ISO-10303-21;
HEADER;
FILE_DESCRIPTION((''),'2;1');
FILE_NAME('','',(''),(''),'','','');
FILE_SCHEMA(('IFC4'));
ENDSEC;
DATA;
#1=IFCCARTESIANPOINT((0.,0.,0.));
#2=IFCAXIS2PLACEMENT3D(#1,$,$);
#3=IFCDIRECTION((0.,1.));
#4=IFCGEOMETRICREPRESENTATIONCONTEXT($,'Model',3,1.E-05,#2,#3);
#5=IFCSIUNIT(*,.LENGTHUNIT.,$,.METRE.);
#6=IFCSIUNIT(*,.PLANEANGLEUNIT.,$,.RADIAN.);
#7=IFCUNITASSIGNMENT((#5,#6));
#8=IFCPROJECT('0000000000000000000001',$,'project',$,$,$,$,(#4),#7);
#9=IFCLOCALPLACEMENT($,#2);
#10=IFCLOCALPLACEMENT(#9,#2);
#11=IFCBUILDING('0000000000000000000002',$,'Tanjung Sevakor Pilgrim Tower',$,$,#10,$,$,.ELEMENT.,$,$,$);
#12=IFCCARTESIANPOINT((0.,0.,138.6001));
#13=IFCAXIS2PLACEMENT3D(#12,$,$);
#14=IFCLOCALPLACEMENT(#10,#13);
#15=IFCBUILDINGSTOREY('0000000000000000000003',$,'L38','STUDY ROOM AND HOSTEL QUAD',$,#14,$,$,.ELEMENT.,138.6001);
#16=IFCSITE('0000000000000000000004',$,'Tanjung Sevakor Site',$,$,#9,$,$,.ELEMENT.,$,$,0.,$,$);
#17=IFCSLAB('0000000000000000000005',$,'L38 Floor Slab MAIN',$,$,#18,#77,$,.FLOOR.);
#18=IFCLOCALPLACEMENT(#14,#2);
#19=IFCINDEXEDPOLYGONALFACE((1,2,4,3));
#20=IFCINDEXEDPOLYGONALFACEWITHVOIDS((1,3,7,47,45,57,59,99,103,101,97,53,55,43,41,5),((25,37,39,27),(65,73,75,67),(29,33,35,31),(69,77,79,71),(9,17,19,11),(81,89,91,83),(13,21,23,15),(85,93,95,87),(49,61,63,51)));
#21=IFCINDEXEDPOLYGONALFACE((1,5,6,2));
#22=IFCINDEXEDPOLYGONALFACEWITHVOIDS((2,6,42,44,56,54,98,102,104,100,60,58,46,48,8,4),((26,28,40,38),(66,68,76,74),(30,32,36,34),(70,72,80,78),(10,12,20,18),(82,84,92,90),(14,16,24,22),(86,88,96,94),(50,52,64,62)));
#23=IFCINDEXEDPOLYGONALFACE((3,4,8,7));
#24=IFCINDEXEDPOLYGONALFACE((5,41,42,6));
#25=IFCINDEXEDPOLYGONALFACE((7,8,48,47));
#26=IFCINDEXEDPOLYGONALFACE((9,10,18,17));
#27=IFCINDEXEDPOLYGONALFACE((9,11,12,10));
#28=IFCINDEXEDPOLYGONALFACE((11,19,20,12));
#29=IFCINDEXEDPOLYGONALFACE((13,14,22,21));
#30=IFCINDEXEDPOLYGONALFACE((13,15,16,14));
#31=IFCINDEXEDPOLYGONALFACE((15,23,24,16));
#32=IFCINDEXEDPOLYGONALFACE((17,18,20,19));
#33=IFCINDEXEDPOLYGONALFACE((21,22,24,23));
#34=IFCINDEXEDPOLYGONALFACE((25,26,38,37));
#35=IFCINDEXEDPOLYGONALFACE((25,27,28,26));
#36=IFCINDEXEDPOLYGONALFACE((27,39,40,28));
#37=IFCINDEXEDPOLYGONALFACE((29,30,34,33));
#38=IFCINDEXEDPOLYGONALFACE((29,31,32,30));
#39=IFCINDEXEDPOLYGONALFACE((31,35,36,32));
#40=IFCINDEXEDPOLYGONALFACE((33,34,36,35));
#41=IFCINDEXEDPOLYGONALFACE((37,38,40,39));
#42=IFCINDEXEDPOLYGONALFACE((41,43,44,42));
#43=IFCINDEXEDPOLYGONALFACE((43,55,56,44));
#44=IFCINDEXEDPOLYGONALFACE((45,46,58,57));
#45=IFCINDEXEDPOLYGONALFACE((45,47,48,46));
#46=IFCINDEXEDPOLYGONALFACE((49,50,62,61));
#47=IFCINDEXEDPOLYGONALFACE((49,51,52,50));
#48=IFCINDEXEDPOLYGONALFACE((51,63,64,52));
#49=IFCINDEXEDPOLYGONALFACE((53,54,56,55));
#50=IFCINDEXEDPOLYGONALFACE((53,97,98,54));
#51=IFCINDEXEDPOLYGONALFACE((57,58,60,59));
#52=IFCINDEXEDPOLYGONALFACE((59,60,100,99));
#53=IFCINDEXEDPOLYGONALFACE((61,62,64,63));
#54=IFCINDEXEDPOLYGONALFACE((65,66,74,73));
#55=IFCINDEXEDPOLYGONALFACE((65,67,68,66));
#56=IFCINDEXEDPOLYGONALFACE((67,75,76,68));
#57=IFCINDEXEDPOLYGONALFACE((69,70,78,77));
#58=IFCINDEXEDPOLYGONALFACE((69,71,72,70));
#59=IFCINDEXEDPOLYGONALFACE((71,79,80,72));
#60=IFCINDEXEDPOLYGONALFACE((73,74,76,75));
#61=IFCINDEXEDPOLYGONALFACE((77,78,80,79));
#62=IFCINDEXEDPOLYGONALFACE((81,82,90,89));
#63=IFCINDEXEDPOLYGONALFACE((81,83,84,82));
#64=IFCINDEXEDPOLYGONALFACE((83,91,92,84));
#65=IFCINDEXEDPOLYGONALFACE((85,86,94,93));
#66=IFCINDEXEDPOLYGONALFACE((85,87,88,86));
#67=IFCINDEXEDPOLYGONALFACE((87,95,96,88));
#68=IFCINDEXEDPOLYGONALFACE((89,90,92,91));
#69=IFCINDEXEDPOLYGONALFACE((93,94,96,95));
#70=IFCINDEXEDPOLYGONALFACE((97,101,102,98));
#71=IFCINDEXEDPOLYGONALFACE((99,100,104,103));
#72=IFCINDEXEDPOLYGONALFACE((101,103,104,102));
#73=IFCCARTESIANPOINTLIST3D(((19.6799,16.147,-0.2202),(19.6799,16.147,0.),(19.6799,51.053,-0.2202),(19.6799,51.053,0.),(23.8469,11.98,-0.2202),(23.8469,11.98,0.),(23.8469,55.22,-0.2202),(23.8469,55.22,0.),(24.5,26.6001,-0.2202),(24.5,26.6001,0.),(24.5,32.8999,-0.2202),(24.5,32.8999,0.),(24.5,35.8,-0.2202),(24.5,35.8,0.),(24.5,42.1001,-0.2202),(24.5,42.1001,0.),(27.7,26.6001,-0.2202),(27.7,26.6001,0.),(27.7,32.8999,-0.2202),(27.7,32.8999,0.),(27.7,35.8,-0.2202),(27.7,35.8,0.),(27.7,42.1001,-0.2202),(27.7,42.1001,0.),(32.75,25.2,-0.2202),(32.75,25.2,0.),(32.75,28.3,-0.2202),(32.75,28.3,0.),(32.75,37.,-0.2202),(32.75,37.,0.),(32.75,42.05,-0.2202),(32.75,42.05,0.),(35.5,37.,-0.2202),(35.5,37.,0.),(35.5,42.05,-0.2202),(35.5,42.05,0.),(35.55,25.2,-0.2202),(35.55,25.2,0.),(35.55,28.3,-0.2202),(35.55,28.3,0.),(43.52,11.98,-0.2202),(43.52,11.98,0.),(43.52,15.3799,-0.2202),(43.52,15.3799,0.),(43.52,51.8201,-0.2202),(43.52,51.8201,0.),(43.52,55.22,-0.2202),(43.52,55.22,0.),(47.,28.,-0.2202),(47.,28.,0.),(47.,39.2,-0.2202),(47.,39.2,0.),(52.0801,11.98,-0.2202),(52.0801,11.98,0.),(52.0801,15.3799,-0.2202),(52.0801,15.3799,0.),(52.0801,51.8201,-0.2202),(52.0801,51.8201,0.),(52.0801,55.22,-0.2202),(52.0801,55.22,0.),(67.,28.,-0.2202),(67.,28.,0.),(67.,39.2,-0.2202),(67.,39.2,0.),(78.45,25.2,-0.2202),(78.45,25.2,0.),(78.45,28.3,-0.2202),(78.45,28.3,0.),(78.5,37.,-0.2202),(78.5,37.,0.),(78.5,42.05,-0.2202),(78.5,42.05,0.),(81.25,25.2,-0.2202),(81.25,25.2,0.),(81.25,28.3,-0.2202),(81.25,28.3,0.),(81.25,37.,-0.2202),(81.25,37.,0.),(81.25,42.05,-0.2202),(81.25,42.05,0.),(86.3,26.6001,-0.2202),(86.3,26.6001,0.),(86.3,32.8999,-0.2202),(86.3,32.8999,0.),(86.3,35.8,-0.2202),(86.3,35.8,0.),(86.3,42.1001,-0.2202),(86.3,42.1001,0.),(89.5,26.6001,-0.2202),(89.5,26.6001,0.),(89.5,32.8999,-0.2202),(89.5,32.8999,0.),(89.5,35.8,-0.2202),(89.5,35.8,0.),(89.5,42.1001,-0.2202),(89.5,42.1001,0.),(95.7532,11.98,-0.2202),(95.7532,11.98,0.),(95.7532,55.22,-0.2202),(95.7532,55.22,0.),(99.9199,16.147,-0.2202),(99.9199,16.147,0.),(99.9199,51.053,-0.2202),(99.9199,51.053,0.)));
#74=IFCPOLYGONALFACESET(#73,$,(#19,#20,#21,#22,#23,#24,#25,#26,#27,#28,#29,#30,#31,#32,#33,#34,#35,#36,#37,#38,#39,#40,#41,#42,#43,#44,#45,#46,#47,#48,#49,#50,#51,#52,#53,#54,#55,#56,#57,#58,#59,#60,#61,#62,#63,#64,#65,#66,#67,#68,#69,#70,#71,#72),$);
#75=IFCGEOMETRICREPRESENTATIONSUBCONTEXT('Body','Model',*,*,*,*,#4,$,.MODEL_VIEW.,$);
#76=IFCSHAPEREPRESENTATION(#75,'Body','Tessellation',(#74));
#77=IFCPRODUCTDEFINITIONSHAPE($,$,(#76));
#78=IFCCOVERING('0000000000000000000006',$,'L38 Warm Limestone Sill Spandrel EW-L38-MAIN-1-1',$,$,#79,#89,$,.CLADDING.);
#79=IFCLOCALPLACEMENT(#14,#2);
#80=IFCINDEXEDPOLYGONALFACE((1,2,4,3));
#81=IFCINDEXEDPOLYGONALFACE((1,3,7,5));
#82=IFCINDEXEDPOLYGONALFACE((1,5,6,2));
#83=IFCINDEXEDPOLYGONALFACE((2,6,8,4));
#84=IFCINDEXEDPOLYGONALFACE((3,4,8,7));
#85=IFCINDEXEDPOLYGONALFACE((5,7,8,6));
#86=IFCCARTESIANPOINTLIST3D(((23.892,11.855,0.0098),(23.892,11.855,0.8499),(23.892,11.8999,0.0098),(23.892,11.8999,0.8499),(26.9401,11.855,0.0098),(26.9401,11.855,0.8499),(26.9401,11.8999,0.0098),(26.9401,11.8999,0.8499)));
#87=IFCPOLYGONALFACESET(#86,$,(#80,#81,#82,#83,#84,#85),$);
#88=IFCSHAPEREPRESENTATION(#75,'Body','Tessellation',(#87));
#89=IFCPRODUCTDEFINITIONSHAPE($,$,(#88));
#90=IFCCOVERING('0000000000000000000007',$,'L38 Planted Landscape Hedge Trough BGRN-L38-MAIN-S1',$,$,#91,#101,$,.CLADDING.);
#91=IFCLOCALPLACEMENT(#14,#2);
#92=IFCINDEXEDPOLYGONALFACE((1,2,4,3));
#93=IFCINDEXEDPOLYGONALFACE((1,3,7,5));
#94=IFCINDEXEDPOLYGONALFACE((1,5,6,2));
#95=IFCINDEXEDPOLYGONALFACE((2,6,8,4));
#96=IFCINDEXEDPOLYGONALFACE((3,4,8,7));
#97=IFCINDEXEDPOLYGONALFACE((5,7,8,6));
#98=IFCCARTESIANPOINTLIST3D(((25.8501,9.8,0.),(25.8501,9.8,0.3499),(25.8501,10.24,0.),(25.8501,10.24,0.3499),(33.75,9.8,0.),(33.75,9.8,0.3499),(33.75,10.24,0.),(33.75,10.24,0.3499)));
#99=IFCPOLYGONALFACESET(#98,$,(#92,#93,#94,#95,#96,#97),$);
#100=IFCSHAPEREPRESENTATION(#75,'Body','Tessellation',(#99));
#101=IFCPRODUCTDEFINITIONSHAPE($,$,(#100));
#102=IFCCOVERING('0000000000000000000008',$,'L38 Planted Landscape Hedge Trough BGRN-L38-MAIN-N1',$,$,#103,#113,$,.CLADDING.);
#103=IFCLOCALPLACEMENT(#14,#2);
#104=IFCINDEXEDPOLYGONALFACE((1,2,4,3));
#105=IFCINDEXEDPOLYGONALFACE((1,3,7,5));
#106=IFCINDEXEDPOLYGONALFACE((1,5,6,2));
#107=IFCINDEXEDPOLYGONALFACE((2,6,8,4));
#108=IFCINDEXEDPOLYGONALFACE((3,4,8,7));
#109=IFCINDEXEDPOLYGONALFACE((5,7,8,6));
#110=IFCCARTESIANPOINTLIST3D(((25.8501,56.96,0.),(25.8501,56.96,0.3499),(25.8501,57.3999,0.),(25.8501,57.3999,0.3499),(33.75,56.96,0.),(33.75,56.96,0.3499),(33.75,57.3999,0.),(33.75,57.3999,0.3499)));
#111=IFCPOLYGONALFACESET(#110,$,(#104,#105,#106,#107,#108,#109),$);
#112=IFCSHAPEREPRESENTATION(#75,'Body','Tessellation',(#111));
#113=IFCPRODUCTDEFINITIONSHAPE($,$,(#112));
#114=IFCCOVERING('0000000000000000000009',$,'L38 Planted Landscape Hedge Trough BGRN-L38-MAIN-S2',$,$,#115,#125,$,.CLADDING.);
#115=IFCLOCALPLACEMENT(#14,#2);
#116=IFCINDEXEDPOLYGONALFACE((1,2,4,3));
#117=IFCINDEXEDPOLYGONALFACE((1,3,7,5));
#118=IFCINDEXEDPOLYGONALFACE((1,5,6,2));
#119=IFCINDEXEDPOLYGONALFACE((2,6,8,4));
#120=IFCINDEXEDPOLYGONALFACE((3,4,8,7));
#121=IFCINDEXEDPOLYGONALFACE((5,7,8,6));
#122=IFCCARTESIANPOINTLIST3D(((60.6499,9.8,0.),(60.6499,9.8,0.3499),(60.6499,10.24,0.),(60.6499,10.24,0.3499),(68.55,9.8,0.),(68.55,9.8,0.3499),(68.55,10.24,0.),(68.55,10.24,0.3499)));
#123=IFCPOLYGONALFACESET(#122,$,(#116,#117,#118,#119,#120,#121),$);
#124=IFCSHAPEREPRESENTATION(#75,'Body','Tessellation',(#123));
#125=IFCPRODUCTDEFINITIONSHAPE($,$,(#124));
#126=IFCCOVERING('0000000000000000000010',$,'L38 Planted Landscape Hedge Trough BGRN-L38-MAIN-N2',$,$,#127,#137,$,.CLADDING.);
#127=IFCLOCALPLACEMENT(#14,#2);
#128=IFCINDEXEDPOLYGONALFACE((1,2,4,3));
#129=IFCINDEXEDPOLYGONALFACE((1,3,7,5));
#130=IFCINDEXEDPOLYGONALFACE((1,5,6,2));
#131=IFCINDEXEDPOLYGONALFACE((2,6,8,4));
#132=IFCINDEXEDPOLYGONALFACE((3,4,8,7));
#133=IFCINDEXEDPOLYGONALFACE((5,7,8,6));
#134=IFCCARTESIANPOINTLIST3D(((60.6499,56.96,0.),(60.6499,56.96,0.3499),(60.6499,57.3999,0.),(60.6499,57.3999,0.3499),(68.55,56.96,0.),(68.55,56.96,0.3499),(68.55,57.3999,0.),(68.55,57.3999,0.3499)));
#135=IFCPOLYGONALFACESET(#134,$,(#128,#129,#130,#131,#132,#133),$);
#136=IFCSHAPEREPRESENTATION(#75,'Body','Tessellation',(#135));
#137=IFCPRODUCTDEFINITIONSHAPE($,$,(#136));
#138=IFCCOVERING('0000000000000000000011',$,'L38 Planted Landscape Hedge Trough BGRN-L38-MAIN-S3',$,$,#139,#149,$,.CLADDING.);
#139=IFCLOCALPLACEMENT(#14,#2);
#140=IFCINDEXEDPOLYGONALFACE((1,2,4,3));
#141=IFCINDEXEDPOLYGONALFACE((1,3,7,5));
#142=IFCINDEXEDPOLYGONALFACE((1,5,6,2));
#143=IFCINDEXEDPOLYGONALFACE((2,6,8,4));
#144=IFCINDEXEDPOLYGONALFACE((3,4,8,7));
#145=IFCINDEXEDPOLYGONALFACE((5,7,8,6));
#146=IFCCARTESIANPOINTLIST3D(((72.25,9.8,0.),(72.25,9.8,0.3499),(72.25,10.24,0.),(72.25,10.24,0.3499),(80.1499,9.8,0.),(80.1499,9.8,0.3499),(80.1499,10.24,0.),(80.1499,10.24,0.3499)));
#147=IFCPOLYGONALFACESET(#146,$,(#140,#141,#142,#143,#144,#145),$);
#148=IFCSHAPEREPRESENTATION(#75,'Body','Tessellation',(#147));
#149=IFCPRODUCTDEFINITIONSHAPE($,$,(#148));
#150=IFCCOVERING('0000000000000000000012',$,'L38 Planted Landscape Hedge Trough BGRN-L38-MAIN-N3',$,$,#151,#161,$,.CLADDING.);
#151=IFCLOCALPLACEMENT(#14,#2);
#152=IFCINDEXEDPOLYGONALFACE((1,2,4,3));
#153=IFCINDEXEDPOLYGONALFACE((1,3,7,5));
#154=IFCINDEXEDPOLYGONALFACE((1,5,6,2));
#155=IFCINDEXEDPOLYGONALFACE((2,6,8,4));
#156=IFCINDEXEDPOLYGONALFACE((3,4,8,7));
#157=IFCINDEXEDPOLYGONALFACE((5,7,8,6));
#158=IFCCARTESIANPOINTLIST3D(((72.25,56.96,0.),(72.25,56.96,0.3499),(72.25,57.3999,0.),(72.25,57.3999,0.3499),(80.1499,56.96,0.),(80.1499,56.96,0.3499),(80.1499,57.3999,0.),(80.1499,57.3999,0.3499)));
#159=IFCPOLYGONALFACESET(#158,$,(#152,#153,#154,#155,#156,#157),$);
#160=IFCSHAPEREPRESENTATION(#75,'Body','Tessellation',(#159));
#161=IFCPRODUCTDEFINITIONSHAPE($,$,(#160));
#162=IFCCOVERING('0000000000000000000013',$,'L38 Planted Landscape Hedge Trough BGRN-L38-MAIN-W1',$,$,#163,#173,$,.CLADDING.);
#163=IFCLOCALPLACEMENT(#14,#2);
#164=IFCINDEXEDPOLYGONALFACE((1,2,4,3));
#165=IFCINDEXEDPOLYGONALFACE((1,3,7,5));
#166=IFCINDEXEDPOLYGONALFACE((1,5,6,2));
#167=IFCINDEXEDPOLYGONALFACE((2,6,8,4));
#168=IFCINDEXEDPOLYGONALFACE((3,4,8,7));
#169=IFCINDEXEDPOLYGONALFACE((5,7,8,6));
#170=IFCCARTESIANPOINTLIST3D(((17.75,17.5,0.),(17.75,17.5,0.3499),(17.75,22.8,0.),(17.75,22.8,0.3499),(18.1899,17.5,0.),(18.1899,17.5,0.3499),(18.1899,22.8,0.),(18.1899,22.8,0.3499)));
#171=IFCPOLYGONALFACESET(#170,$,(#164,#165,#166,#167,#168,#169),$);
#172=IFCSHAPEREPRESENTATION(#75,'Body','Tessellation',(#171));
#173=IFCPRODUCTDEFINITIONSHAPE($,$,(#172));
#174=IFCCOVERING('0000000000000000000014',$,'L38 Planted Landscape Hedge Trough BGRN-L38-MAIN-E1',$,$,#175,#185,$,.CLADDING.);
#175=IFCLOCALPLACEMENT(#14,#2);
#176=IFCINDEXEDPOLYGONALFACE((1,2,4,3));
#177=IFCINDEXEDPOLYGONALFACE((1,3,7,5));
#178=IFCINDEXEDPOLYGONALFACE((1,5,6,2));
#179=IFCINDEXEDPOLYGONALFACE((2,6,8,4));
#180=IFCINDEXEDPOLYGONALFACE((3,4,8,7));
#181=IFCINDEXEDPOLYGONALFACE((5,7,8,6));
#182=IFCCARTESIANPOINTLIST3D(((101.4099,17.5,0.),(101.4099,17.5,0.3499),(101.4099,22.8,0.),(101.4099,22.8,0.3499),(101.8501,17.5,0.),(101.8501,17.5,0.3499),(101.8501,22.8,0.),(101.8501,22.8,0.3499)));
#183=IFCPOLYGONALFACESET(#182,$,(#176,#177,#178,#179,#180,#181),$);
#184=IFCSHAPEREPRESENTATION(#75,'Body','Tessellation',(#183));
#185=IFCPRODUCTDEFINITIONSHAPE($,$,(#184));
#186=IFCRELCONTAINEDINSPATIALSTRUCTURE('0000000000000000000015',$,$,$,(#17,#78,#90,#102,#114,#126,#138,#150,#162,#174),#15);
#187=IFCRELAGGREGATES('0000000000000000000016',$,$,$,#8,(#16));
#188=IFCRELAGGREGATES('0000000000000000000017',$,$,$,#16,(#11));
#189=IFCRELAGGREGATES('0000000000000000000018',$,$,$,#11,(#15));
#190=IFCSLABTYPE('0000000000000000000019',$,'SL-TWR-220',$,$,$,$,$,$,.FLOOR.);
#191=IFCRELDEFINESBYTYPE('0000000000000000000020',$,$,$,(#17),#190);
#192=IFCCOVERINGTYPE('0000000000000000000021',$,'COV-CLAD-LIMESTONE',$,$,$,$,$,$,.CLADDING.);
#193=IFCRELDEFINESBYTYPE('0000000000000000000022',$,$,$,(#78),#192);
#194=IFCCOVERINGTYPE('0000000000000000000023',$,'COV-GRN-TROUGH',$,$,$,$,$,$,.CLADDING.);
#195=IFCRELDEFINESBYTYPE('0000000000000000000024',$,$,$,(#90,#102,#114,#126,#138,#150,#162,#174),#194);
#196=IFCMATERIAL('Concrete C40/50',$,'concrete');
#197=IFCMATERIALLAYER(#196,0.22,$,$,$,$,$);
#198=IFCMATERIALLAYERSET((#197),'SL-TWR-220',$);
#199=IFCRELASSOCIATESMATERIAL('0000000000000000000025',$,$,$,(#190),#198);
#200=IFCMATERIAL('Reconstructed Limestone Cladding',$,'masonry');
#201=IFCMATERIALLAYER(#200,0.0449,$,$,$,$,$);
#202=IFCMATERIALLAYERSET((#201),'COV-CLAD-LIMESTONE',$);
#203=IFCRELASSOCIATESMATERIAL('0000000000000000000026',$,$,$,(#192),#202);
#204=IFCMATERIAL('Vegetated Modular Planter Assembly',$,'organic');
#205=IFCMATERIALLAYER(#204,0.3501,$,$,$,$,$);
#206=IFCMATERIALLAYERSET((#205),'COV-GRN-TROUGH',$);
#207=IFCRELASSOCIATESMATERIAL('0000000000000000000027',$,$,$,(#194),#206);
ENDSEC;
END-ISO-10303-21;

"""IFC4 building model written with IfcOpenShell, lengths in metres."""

from ifc_helpers import new_model, si_unit, direction, frame, origin, origin_2d, place, context, subcontext, project, spatial, polyline, rectangle, outline, extrude, material, layer, layer_set, type_object, element, save


model = new_model("IFC4")

# Units and contexts
model_context = context("Model", 3, precision=1e-05, world=origin(), true_north=direction((0.0, 1.0)))
body_context = subcontext(model_context, "Body", "Model", "MODEL_VIEW")
ifc_project = project(units=[si_unit("LENGTHUNIT", "METRE"), si_unit("PLANEANGLEUNIT", "RADIAN")], contexts=[model_context])

# Site, building, storey
site_placement = place(None, origin())
site = spatial("IfcSite", under=ifc_project, at=site_placement, Name="Tanjung Sevakor Site", CompositionType="ELEMENT", RefElevation=0.0)
building_placement = place(site_placement, origin())
building = spatial("IfcBuilding", under=site, at=building_placement, Name="Tanjung Sevakor Pilgrim Tower", CompositionType="ELEMENT")
storey_placement = place(building_placement, frame((0.0, 0.0, 138.6001)))
storey = spatial("IfcBuildingStorey", under=building, at=storey_placement, Name="L38", Description="STUDY ROOM AND HOSTEL QUAD", CompositionType="ELEMENT", Elevation=138.6001)

# Slab
ifc_material_1 = material(Name="Concrete C40/50", Category="concrete")
ifc_layer_1 = layer(ifc_material_1, 0.22)
ifc_layer_set_1 = layer_set([ifc_layer_1], Name="SL-TWR-220")
slab_type_1 = type_object("IfcSlabType", Name="SL-TWR-220", PredefinedType="FLOOR", material=ifc_layer_set_1)
slab_1_placement = place(storey_placement, frame((0.0, 0.0, -0.2202)))
element("IfcSlab", 1, at=slab_1_placement, inside=storey, type_object=slab_type_1, Name="L38 Floor Slab MAIN", PredefinedType="FLOOR", context=body_context, shape_type="SweptSolid", body=[
    extrude(outline(polyline([(23.8469, 11.98), (43.52, 11.98), (43.52, 15.3799), (52.0801, 15.3799), (52.0801, 11.98), (95.7532, 11.98), (99.9199, 16.147), (99.9199, 51.053), (95.7532, 55.22), (52.0801, 55.22), (52.0801, 51.8201), (43.52, 51.8201), (43.52, 55.22), (23.8469, 55.22), (19.6799, 51.053), (19.6799, 16.147), (23.8469, 11.98)]), holes=[polyline([(27.7, 26.6001), (27.7, 32.8999), (24.5, 32.8999), (24.5, 26.6001), (27.7, 26.6001)]), polyline([(27.7, 35.8), (27.7, 42.1001), (24.5, 42.1001), (24.5, 35.8), (27.7, 35.8)]), polyline([(89.5, 26.6001), (89.5, 32.8999), (86.3, 32.8999), (86.3, 26.6001), (89.5, 26.6001)]), polyline([(89.5, 35.8), (89.5, 42.1001), (86.3, 42.1001), (86.3, 35.8), (89.5, 35.8)]), polyline([(32.75, 25.2), (35.55, 25.2), (35.55, 28.3), (32.75, 28.3), (32.75, 25.2)]), polyline([(32.75, 37.0), (35.5, 37.0), (35.5, 42.05), (32.75, 42.05), (32.75, 37.0)]), polyline([(78.45, 25.2), (81.25, 25.2), (81.25, 28.3), (78.45, 28.3), (78.45, 25.2)]), polyline([(78.5, 37.0), (81.25, 37.0), (81.25, 42.05), (78.5, 42.05), (78.5, 37.0)]), polyline([(47.0, 28.0), (67.0, 28.0), (67.0, 39.2), (47.0, 39.2), (47.0, 28.0)])]), origin(), (0.0, 0.0, 1.0), 0.2202),
])

# Coverings
ifc_material_2 = material(Name="Reconstructed Limestone Cladding", Category="masonry")
ifc_layer_2 = layer(ifc_material_2, 0.0449)
ifc_layer_set_2 = layer_set([ifc_layer_2], Name="COV-CLAD-LIMESTONE")
covering_type_1 = type_object("IfcCoveringType", Name="COV-CLAD-LIMESTONE", PredefinedType="CLADDING", material=ifc_layer_set_2)
covering_1_placement = place(storey_placement, frame((25.416, 11.8774, 0.0098), z_axis=(0.0, 0.0, 1.0), x_axis=(1.0, 0.0, 0.0)))
element("IfcCovering", 2, at=covering_1_placement, inside=storey, type_object=covering_type_1, Name="L38 Warm Limestone Sill Spandrel EW-L38-MAIN-1-1", PredefinedType="CLADDING", context=body_context, shape_type="SweptSolid", body=[
    extrude(rectangle(XDim=3.0481, YDim=0.0449, at=origin_2d()), origin(), (0.0, 0.0, 1.0), 0.8401),
])
ifc_material_3 = material(Name="Vegetated Modular Planter Assembly", Category="organic")
ifc_layer_3 = layer(ifc_material_3, 0.3501)
ifc_layer_set_3 = layer_set([ifc_layer_3], Name="COV-GRN-TROUGH")
covering_type_2 = type_object("IfcCoveringType", Name="COV-GRN-TROUGH", PredefinedType="CLADDING", material=ifc_layer_set_3)
covering_2_placement = place(storey_placement, origin())
element("IfcCovering", 3, at=covering_2_placement, inside=storey, type_object=covering_type_2, Name="L38 Planted Landscape Hedge Trough BGRN-L38-MAIN-S1", PredefinedType="CLADDING", context=body_context, shape_type="SweptSolid", body=[
    extrude(outline(polyline([(25.8501, 9.8), (33.75, 9.8), (33.75, 10.24), (25.8501, 10.24), (25.8501, 9.8)])), origin(), (0.0, 0.0, 1.0), 0.3499),
])
covering_3_placement = place(storey_placement, origin())
element("IfcCovering", 4, at=covering_3_placement, inside=storey, type_object=covering_type_2, Name="L38 Planted Landscape Hedge Trough BGRN-L38-MAIN-N1", PredefinedType="CLADDING", context=body_context, shape_type="SweptSolid", body=[
    extrude(outline(polyline([(25.8501, 56.96), (33.75, 56.96), (33.75, 57.3999), (25.8501, 57.3999), (25.8501, 56.96)])), origin(), (0.0, 0.0, 1.0), 0.3499),
])
covering_4_placement = place(storey_placement, origin())
element("IfcCovering", 5, at=covering_4_placement, inside=storey, type_object=covering_type_2, Name="L38 Planted Landscape Hedge Trough BGRN-L38-MAIN-S2", PredefinedType="CLADDING", context=body_context, shape_type="SweptSolid", body=[
    extrude(outline(polyline([(60.6499, 9.8), (68.55, 9.8), (68.55, 10.24), (60.6499, 10.24), (60.6499, 9.8)])), origin(), (0.0, 0.0, 1.0), 0.3499),
])
covering_5_placement = place(storey_placement, origin())
element("IfcCovering", 6, at=covering_5_placement, inside=storey, type_object=covering_type_2, Name="L38 Planted Landscape Hedge Trough BGRN-L38-MAIN-N2", PredefinedType="CLADDING", context=body_context, shape_type="SweptSolid", body=[
    extrude(outline(polyline([(60.6499, 56.96), (68.55, 56.96), (68.55, 57.3999), (60.6499, 57.3999), (60.6499, 56.96)])), origin(), (0.0, 0.0, 1.0), 0.3499),
])
covering_6_placement = place(storey_placement, origin())
element("IfcCovering", 7, at=covering_6_placement, inside=storey, type_object=covering_type_2, Name="L38 Planted Landscape Hedge Trough BGRN-L38-MAIN-S3", PredefinedType="CLADDING", context=body_context, shape_type="SweptSolid", body=[
    extrude(outline(polyline([(72.25, 9.8), (80.1499, 9.8), (80.1499, 10.24), (72.25, 10.24), (72.25, 9.8)])), origin(), (0.0, 0.0, 1.0), 0.3499),
])
covering_7_placement = place(storey_placement, origin())
element("IfcCovering", 8, at=covering_7_placement, inside=storey, type_object=covering_type_2, Name="L38 Planted Landscape Hedge Trough BGRN-L38-MAIN-N3", PredefinedType="CLADDING", context=body_context, shape_type="SweptSolid", body=[
    extrude(outline(polyline([(72.25, 56.96), (80.1499, 56.96), (80.1499, 57.3999), (72.25, 57.3999), (72.25, 56.96)])), origin(), (0.0, 0.0, 1.0), 0.3499),
])
covering_8_placement = place(storey_placement, origin())
element("IfcCovering", 9, at=covering_8_placement, inside=storey, type_object=covering_type_2, Name="L38 Planted Landscape Hedge Trough BGRN-L38-MAIN-W1", PredefinedType="CLADDING", context=body_context, shape_type="SweptSolid", body=[
    extrude(outline(polyline([(18.1899, 17.5), (18.1899, 22.8), (17.75, 22.8), (17.75, 17.5), (18.1899, 17.5)])), origin(), (0.0, 0.0, 1.0), 0.3499),
])
covering_9_placement = place(storey_placement, origin())
element("IfcCovering", 10, at=covering_9_placement, inside=storey, type_object=covering_type_2, Name="L38 Planted Landscape Hedge Trough BGRN-L38-MAIN-E1", PredefinedType="CLADDING", context=body_context, shape_type="SweptSolid", body=[
    extrude(outline(polyline([(101.8501, 17.5), (101.8501, 22.8), (101.4099, 22.8), (101.4099, 17.5), (101.8501, 17.5)])), origin(), (0.0, 0.0, 1.0), 0.3499),
])

save(model, "model.ifc")
